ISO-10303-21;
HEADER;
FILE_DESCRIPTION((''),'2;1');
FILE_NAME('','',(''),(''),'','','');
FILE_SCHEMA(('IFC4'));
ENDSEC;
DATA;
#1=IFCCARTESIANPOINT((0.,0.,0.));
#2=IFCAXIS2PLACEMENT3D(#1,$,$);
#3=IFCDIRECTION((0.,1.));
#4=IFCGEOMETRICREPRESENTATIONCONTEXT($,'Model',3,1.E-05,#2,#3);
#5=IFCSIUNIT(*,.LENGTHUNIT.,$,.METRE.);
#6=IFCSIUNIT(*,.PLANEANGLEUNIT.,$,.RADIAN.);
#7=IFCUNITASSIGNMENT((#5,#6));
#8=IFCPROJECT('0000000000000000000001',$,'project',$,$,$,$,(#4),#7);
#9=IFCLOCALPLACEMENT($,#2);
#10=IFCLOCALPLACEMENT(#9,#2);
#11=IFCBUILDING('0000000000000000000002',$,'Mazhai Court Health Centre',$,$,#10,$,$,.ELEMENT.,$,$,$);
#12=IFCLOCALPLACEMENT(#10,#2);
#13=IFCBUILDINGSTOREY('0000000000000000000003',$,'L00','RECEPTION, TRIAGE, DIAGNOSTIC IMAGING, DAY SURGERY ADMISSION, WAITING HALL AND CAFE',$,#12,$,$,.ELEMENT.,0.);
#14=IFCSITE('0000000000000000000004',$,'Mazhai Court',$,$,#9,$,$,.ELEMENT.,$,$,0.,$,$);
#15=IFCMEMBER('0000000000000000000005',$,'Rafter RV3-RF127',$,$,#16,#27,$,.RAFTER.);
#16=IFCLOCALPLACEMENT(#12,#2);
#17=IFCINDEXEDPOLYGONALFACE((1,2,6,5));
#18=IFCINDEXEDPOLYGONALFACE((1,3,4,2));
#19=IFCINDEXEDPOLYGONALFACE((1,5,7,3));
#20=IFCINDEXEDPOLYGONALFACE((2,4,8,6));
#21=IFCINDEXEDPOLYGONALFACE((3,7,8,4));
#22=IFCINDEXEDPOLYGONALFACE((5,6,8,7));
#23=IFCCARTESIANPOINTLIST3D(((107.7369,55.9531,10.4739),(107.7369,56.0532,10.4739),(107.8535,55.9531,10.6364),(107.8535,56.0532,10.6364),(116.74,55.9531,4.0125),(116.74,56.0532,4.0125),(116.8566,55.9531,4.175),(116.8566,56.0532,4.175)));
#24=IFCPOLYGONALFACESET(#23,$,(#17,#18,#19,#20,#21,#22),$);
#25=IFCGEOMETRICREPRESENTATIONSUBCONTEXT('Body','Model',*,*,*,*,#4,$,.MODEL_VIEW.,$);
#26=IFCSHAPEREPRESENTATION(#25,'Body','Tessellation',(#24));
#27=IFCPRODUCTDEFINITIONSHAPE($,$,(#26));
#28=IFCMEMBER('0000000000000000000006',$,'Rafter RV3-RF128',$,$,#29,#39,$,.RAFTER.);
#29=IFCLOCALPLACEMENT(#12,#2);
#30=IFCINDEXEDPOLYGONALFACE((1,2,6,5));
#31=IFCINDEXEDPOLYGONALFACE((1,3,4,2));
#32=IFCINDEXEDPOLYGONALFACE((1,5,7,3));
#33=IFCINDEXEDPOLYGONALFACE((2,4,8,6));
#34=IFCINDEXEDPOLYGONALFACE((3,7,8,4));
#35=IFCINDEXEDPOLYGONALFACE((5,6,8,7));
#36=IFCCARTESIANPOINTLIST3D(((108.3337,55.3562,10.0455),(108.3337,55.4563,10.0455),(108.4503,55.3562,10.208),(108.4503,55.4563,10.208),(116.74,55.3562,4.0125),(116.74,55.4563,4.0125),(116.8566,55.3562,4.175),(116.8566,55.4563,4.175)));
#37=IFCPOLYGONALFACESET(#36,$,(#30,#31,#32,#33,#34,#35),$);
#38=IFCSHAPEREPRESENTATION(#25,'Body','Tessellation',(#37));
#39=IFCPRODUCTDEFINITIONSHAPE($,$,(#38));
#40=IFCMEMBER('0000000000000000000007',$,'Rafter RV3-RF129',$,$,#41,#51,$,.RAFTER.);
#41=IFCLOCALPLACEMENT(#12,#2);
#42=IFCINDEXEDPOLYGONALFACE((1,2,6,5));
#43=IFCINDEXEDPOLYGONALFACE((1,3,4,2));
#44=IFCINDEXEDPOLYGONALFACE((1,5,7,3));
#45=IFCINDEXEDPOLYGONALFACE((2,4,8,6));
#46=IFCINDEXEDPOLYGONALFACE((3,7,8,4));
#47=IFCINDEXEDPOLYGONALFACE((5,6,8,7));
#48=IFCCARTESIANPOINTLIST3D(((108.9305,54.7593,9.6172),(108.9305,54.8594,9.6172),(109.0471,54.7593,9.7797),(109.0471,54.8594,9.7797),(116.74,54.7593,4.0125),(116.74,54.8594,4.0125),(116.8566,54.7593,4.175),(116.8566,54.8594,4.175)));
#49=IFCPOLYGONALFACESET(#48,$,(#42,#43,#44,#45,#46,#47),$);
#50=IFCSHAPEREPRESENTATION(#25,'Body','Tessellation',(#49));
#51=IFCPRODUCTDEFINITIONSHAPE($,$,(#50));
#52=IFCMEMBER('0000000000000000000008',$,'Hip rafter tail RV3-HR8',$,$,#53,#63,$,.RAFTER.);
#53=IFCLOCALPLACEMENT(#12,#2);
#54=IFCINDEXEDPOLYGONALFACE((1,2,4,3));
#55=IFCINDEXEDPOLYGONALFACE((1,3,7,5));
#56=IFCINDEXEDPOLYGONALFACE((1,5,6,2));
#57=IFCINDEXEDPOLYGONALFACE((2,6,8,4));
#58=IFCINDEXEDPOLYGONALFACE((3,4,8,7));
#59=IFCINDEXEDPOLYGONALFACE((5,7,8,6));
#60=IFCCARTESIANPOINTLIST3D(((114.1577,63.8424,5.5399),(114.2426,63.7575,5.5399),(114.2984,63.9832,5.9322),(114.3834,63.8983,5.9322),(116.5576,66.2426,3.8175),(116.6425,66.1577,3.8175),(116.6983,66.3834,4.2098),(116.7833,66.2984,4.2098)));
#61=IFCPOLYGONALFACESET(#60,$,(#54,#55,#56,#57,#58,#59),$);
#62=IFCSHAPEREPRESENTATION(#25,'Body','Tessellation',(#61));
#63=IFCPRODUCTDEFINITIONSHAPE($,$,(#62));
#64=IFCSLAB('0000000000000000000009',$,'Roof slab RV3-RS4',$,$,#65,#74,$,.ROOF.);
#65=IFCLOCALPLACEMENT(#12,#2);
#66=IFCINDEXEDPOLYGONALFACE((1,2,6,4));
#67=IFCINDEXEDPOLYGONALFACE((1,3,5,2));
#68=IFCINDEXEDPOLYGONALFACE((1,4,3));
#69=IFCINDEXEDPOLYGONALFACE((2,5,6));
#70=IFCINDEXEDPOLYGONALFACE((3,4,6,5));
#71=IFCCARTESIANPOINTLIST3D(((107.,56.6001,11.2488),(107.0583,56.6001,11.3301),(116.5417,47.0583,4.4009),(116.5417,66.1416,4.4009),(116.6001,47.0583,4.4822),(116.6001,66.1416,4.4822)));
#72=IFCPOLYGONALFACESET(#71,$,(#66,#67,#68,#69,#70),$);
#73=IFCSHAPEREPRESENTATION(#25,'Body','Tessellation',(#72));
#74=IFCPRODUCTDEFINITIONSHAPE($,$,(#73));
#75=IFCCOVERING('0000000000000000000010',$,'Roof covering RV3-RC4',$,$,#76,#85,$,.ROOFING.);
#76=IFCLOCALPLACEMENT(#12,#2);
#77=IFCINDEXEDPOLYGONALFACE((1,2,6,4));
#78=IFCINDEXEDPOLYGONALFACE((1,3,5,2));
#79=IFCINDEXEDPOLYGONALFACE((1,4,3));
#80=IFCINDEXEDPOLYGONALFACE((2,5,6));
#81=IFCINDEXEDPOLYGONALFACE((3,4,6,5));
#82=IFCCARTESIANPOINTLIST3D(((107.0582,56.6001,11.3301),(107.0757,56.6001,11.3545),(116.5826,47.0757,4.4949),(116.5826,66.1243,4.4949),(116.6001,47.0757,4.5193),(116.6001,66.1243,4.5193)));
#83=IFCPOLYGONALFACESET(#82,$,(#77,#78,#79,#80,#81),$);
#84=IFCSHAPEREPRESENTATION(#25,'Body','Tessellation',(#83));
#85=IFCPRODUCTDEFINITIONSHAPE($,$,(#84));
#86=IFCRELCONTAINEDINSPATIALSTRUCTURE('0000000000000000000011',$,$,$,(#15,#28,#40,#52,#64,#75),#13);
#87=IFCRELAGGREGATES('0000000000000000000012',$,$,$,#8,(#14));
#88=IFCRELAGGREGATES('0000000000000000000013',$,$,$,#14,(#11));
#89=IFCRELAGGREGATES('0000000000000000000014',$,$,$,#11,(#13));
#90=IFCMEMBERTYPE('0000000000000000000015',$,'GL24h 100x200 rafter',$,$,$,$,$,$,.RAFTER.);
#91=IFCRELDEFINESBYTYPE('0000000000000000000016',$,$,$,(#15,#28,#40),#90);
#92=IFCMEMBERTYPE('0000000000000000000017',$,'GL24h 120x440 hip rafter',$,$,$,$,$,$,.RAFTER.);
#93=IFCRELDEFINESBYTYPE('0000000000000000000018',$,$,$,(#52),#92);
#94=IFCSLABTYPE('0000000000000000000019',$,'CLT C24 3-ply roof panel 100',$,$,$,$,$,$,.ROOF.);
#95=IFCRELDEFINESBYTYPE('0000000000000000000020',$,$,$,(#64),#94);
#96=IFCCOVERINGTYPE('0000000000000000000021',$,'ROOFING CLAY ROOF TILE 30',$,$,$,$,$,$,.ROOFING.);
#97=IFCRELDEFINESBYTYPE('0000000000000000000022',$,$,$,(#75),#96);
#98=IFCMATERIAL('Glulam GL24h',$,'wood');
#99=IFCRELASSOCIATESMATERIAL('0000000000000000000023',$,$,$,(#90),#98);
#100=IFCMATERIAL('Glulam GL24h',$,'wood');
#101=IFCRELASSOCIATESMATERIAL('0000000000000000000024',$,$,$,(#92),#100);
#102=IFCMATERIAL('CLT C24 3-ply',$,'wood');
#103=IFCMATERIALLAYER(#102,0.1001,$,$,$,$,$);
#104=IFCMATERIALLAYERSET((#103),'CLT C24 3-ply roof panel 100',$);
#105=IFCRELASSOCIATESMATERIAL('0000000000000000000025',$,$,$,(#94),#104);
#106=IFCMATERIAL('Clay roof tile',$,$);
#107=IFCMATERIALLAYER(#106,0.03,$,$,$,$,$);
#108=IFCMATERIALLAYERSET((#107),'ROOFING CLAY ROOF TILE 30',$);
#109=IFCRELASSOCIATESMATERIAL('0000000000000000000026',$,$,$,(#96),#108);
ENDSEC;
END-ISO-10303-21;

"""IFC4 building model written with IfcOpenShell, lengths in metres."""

from ifc_helpers import new_model, si_unit, direction, frame, origin, origin_2d, place, context, subcontext, project, spatial, polyline, rectangle, outline, extrude, material, layer, layer_set, material_profile, profile_set, type_object, element, save


model = new_model("IFC4")

# Units and contexts
model_context = context("Model", 3, precision=1e-05, world=origin(), true_north=direction((0.0, 1.0)))
body_context = subcontext(model_context, "Body", "Model", "MODEL_VIEW")
ifc_project = project(units=[si_unit("LENGTHUNIT", "METRE"), si_unit("PLANEANGLEUNIT", "RADIAN")], contexts=[model_context])

# Site, building, storey
site_placement = place(None, origin())
site = spatial("IfcSite", under=ifc_project, at=site_placement, Name="Mazhai Court", CompositionType="ELEMENT", RefElevation=0.0)
building_placement = place(site_placement, origin())
building = spatial("IfcBuilding", under=site, at=building_placement, Name="Mazhai Court Health Centre", CompositionType="ELEMENT")
storey_placement = place(building_placement, origin())
storey = spatial("IfcBuildingStorey", under=building, at=storey_placement, Name="L00", Description="RECEPTION, TRIAGE, DIAGNOSTIC IMAGING, DAY SURGERY ADMISSION, WAITING HALL AND CAFE", CompositionType="ELEMENT", Elevation=0.0)

# Members
ifc_material_1 = material(Name="Glulam GL24h", Category="wood")
ifc_material_profile_1 = material_profile(ifc_material_1, rectangle(XDim=0.1001, YDim=0.2, at=origin_2d()), Name="GL24h 100x200")
ifc_profile_set_1 = profile_set([ifc_material_profile_1], Name="Glulam GL24h")
member_type_1 = type_object("IfcMemberType", Name="GL24h 100x200 rafter", PredefinedType="RAFTER", material=ifc_profile_set_1)
member_1_placement = place(storey_placement, frame((116.7983, 56.0032, 4.0938), z_axis=(-0.812426, 0.0, 0.583064), x_axis=(0.0, -1.0, 0.0)))
element("IfcMember", 1, at=member_1_placement, inside=storey, type_object=member_type_1, Name="Rafter RV3-RF127", PredefinedType="RAFTER", context=body_context, shape_type="SweptSolid", body=[
    extrude(rectangle(XDim=0.1001, YDim=0.2, at=origin_2d()), origin(), (0.0, 0.0, 1.0), 11.0818),
])
member_2_placement = place(storey_placement, frame((116.7983, 55.4062, 4.0938), z_axis=(-0.812429, 0.0, 0.58306), x_axis=(0.0, -1.0, 0.0)))
element("IfcMember", 2, at=member_2_placement, inside=storey, type_object=member_type_1, Name="Rafter RV3-RF128", PredefinedType="RAFTER", context=body_context, shape_type="SweptSolid", body=[
    extrude(rectangle(XDim=0.1001, YDim=0.2, at=origin_2d()), origin(), (0.0, 0.0, 1.0), 10.3472),
])
member_3_placement = place(storey_placement, frame((116.7983, 54.8093, 4.0938), z_axis=(-0.812429, 0.0, 0.58306), x_axis=(0.0, -1.0, 0.0)))
element("IfcMember", 3, at=member_3_placement, inside=storey, type_object=member_type_1, Name="Rafter RV3-RF129", PredefinedType="RAFTER", context=body_context, shape_type="SweptSolid", body=[
    extrude(rectangle(XDim=0.1001, YDim=0.2, at=origin_2d()), origin(), (0.0, 0.0, 1.0), 9.6125),
])
ifc_material_2 = material(Name="Glulam GL24h", Category="wood")
ifc_material_profile_2 = material_profile(ifc_material_2, rectangle(XDim=0.1201, YDim=0.4399, at=origin_2d()), Name="GL24h 120x440")
ifc_profile_set_2 = profile_set([ifc_material_profile_2], Name="Glulam GL24h")
member_type_2 = type_object("IfcMemberType", Name="GL24h 120x440 hip rafter", PredefinedType="RAFTER", material=ifc_profile_set_2)
member_4_placement = place(storey_placement, frame((116.6704, 66.2705, 4.0137), z_axis=(-0.630529, -0.630593, 0.452531), x_axis=(0.707143, -0.707071, 0.0)))
element("IfcMember", 4, at=member_4_placement, inside=storey, type_object=member_type_2, Name="Hip rafter tail RV3-HR8", PredefinedType="RAFTER", context=body_context, shape_type="SweptSolid", body=[
    extrude(rectangle(XDim=0.1201, YDim=0.4399, at=origin_2d()), origin(), (0.0, 0.0, 1.0), 3.8062),
])

# Slab
ifc_material_3 = material(Name="CLT C24 3-ply", Category="wood")
ifc_layer_1 = layer(ifc_material_3, 0.1001)
ifc_layer_set_1 = layer_set([ifc_layer_1], Name="CLT C24 3-ply roof panel 100")
slab_type = type_object("IfcSlabType", Name="CLT C24 3-ply roof panel 100", PredefinedType="ROOF", material=ifc_layer_set_1)
slab_placement = place(storey_placement, frame((116.6001, 66.1416, 4.4822), z_axis=(0.583062, 0.0, 0.812428), x_axis=(-0.630565, -0.630549, 0.452543)))
element("IfcSlab", 5, at=slab_placement, inside=storey, type_object=slab_type, Name="Roof slab RV3-RS4", PredefinedType="ROOF", context=body_context, shape_type="SweptSolid", body=[
    extrude(outline(polyline([(0.0, 0.0), (15.1321, 0.0), (12.0329, 14.8115), (0.0, 0.0)])), origin(), (0.0, 0.0, -1.0), 0.1001),
])

# Covering
ifc_material_4 = material(Name="Clay roof tile")
ifc_layer_2 = layer(ifc_material_4, 0.03)
ifc_layer_set_2 = layer_set([ifc_layer_2], Name="ROOFING CLAY ROOF TILE 30")
covering_type = type_object("IfcCoveringType", Name="ROOFING CLAY ROOF TILE 30", PredefinedType="ROOFING", material=ifc_layer_set_2)
covering_placement = place(storey_placement, frame((116.6001, 66.1243, 4.5193), z_axis=(0.583047, 0.0, 0.812438), x_axis=(-0.63057, -0.630554, 0.452529)))
element("IfcCovering", 6, at=covering_placement, inside=storey, type_object=covering_type, Name="Roof covering RV3-RC4", PredefinedType="ROOFING", context=body_context, shape_type="SweptSolid", body=[
    extrude(outline(polyline([(0.0, 0.0), (15.1044, 0.0), (12.0112, 14.7845), (0.0, 0.0)])), origin(), (0.0, 0.0, -1.0), 0.03),
])

save(model, "model.ifc")
